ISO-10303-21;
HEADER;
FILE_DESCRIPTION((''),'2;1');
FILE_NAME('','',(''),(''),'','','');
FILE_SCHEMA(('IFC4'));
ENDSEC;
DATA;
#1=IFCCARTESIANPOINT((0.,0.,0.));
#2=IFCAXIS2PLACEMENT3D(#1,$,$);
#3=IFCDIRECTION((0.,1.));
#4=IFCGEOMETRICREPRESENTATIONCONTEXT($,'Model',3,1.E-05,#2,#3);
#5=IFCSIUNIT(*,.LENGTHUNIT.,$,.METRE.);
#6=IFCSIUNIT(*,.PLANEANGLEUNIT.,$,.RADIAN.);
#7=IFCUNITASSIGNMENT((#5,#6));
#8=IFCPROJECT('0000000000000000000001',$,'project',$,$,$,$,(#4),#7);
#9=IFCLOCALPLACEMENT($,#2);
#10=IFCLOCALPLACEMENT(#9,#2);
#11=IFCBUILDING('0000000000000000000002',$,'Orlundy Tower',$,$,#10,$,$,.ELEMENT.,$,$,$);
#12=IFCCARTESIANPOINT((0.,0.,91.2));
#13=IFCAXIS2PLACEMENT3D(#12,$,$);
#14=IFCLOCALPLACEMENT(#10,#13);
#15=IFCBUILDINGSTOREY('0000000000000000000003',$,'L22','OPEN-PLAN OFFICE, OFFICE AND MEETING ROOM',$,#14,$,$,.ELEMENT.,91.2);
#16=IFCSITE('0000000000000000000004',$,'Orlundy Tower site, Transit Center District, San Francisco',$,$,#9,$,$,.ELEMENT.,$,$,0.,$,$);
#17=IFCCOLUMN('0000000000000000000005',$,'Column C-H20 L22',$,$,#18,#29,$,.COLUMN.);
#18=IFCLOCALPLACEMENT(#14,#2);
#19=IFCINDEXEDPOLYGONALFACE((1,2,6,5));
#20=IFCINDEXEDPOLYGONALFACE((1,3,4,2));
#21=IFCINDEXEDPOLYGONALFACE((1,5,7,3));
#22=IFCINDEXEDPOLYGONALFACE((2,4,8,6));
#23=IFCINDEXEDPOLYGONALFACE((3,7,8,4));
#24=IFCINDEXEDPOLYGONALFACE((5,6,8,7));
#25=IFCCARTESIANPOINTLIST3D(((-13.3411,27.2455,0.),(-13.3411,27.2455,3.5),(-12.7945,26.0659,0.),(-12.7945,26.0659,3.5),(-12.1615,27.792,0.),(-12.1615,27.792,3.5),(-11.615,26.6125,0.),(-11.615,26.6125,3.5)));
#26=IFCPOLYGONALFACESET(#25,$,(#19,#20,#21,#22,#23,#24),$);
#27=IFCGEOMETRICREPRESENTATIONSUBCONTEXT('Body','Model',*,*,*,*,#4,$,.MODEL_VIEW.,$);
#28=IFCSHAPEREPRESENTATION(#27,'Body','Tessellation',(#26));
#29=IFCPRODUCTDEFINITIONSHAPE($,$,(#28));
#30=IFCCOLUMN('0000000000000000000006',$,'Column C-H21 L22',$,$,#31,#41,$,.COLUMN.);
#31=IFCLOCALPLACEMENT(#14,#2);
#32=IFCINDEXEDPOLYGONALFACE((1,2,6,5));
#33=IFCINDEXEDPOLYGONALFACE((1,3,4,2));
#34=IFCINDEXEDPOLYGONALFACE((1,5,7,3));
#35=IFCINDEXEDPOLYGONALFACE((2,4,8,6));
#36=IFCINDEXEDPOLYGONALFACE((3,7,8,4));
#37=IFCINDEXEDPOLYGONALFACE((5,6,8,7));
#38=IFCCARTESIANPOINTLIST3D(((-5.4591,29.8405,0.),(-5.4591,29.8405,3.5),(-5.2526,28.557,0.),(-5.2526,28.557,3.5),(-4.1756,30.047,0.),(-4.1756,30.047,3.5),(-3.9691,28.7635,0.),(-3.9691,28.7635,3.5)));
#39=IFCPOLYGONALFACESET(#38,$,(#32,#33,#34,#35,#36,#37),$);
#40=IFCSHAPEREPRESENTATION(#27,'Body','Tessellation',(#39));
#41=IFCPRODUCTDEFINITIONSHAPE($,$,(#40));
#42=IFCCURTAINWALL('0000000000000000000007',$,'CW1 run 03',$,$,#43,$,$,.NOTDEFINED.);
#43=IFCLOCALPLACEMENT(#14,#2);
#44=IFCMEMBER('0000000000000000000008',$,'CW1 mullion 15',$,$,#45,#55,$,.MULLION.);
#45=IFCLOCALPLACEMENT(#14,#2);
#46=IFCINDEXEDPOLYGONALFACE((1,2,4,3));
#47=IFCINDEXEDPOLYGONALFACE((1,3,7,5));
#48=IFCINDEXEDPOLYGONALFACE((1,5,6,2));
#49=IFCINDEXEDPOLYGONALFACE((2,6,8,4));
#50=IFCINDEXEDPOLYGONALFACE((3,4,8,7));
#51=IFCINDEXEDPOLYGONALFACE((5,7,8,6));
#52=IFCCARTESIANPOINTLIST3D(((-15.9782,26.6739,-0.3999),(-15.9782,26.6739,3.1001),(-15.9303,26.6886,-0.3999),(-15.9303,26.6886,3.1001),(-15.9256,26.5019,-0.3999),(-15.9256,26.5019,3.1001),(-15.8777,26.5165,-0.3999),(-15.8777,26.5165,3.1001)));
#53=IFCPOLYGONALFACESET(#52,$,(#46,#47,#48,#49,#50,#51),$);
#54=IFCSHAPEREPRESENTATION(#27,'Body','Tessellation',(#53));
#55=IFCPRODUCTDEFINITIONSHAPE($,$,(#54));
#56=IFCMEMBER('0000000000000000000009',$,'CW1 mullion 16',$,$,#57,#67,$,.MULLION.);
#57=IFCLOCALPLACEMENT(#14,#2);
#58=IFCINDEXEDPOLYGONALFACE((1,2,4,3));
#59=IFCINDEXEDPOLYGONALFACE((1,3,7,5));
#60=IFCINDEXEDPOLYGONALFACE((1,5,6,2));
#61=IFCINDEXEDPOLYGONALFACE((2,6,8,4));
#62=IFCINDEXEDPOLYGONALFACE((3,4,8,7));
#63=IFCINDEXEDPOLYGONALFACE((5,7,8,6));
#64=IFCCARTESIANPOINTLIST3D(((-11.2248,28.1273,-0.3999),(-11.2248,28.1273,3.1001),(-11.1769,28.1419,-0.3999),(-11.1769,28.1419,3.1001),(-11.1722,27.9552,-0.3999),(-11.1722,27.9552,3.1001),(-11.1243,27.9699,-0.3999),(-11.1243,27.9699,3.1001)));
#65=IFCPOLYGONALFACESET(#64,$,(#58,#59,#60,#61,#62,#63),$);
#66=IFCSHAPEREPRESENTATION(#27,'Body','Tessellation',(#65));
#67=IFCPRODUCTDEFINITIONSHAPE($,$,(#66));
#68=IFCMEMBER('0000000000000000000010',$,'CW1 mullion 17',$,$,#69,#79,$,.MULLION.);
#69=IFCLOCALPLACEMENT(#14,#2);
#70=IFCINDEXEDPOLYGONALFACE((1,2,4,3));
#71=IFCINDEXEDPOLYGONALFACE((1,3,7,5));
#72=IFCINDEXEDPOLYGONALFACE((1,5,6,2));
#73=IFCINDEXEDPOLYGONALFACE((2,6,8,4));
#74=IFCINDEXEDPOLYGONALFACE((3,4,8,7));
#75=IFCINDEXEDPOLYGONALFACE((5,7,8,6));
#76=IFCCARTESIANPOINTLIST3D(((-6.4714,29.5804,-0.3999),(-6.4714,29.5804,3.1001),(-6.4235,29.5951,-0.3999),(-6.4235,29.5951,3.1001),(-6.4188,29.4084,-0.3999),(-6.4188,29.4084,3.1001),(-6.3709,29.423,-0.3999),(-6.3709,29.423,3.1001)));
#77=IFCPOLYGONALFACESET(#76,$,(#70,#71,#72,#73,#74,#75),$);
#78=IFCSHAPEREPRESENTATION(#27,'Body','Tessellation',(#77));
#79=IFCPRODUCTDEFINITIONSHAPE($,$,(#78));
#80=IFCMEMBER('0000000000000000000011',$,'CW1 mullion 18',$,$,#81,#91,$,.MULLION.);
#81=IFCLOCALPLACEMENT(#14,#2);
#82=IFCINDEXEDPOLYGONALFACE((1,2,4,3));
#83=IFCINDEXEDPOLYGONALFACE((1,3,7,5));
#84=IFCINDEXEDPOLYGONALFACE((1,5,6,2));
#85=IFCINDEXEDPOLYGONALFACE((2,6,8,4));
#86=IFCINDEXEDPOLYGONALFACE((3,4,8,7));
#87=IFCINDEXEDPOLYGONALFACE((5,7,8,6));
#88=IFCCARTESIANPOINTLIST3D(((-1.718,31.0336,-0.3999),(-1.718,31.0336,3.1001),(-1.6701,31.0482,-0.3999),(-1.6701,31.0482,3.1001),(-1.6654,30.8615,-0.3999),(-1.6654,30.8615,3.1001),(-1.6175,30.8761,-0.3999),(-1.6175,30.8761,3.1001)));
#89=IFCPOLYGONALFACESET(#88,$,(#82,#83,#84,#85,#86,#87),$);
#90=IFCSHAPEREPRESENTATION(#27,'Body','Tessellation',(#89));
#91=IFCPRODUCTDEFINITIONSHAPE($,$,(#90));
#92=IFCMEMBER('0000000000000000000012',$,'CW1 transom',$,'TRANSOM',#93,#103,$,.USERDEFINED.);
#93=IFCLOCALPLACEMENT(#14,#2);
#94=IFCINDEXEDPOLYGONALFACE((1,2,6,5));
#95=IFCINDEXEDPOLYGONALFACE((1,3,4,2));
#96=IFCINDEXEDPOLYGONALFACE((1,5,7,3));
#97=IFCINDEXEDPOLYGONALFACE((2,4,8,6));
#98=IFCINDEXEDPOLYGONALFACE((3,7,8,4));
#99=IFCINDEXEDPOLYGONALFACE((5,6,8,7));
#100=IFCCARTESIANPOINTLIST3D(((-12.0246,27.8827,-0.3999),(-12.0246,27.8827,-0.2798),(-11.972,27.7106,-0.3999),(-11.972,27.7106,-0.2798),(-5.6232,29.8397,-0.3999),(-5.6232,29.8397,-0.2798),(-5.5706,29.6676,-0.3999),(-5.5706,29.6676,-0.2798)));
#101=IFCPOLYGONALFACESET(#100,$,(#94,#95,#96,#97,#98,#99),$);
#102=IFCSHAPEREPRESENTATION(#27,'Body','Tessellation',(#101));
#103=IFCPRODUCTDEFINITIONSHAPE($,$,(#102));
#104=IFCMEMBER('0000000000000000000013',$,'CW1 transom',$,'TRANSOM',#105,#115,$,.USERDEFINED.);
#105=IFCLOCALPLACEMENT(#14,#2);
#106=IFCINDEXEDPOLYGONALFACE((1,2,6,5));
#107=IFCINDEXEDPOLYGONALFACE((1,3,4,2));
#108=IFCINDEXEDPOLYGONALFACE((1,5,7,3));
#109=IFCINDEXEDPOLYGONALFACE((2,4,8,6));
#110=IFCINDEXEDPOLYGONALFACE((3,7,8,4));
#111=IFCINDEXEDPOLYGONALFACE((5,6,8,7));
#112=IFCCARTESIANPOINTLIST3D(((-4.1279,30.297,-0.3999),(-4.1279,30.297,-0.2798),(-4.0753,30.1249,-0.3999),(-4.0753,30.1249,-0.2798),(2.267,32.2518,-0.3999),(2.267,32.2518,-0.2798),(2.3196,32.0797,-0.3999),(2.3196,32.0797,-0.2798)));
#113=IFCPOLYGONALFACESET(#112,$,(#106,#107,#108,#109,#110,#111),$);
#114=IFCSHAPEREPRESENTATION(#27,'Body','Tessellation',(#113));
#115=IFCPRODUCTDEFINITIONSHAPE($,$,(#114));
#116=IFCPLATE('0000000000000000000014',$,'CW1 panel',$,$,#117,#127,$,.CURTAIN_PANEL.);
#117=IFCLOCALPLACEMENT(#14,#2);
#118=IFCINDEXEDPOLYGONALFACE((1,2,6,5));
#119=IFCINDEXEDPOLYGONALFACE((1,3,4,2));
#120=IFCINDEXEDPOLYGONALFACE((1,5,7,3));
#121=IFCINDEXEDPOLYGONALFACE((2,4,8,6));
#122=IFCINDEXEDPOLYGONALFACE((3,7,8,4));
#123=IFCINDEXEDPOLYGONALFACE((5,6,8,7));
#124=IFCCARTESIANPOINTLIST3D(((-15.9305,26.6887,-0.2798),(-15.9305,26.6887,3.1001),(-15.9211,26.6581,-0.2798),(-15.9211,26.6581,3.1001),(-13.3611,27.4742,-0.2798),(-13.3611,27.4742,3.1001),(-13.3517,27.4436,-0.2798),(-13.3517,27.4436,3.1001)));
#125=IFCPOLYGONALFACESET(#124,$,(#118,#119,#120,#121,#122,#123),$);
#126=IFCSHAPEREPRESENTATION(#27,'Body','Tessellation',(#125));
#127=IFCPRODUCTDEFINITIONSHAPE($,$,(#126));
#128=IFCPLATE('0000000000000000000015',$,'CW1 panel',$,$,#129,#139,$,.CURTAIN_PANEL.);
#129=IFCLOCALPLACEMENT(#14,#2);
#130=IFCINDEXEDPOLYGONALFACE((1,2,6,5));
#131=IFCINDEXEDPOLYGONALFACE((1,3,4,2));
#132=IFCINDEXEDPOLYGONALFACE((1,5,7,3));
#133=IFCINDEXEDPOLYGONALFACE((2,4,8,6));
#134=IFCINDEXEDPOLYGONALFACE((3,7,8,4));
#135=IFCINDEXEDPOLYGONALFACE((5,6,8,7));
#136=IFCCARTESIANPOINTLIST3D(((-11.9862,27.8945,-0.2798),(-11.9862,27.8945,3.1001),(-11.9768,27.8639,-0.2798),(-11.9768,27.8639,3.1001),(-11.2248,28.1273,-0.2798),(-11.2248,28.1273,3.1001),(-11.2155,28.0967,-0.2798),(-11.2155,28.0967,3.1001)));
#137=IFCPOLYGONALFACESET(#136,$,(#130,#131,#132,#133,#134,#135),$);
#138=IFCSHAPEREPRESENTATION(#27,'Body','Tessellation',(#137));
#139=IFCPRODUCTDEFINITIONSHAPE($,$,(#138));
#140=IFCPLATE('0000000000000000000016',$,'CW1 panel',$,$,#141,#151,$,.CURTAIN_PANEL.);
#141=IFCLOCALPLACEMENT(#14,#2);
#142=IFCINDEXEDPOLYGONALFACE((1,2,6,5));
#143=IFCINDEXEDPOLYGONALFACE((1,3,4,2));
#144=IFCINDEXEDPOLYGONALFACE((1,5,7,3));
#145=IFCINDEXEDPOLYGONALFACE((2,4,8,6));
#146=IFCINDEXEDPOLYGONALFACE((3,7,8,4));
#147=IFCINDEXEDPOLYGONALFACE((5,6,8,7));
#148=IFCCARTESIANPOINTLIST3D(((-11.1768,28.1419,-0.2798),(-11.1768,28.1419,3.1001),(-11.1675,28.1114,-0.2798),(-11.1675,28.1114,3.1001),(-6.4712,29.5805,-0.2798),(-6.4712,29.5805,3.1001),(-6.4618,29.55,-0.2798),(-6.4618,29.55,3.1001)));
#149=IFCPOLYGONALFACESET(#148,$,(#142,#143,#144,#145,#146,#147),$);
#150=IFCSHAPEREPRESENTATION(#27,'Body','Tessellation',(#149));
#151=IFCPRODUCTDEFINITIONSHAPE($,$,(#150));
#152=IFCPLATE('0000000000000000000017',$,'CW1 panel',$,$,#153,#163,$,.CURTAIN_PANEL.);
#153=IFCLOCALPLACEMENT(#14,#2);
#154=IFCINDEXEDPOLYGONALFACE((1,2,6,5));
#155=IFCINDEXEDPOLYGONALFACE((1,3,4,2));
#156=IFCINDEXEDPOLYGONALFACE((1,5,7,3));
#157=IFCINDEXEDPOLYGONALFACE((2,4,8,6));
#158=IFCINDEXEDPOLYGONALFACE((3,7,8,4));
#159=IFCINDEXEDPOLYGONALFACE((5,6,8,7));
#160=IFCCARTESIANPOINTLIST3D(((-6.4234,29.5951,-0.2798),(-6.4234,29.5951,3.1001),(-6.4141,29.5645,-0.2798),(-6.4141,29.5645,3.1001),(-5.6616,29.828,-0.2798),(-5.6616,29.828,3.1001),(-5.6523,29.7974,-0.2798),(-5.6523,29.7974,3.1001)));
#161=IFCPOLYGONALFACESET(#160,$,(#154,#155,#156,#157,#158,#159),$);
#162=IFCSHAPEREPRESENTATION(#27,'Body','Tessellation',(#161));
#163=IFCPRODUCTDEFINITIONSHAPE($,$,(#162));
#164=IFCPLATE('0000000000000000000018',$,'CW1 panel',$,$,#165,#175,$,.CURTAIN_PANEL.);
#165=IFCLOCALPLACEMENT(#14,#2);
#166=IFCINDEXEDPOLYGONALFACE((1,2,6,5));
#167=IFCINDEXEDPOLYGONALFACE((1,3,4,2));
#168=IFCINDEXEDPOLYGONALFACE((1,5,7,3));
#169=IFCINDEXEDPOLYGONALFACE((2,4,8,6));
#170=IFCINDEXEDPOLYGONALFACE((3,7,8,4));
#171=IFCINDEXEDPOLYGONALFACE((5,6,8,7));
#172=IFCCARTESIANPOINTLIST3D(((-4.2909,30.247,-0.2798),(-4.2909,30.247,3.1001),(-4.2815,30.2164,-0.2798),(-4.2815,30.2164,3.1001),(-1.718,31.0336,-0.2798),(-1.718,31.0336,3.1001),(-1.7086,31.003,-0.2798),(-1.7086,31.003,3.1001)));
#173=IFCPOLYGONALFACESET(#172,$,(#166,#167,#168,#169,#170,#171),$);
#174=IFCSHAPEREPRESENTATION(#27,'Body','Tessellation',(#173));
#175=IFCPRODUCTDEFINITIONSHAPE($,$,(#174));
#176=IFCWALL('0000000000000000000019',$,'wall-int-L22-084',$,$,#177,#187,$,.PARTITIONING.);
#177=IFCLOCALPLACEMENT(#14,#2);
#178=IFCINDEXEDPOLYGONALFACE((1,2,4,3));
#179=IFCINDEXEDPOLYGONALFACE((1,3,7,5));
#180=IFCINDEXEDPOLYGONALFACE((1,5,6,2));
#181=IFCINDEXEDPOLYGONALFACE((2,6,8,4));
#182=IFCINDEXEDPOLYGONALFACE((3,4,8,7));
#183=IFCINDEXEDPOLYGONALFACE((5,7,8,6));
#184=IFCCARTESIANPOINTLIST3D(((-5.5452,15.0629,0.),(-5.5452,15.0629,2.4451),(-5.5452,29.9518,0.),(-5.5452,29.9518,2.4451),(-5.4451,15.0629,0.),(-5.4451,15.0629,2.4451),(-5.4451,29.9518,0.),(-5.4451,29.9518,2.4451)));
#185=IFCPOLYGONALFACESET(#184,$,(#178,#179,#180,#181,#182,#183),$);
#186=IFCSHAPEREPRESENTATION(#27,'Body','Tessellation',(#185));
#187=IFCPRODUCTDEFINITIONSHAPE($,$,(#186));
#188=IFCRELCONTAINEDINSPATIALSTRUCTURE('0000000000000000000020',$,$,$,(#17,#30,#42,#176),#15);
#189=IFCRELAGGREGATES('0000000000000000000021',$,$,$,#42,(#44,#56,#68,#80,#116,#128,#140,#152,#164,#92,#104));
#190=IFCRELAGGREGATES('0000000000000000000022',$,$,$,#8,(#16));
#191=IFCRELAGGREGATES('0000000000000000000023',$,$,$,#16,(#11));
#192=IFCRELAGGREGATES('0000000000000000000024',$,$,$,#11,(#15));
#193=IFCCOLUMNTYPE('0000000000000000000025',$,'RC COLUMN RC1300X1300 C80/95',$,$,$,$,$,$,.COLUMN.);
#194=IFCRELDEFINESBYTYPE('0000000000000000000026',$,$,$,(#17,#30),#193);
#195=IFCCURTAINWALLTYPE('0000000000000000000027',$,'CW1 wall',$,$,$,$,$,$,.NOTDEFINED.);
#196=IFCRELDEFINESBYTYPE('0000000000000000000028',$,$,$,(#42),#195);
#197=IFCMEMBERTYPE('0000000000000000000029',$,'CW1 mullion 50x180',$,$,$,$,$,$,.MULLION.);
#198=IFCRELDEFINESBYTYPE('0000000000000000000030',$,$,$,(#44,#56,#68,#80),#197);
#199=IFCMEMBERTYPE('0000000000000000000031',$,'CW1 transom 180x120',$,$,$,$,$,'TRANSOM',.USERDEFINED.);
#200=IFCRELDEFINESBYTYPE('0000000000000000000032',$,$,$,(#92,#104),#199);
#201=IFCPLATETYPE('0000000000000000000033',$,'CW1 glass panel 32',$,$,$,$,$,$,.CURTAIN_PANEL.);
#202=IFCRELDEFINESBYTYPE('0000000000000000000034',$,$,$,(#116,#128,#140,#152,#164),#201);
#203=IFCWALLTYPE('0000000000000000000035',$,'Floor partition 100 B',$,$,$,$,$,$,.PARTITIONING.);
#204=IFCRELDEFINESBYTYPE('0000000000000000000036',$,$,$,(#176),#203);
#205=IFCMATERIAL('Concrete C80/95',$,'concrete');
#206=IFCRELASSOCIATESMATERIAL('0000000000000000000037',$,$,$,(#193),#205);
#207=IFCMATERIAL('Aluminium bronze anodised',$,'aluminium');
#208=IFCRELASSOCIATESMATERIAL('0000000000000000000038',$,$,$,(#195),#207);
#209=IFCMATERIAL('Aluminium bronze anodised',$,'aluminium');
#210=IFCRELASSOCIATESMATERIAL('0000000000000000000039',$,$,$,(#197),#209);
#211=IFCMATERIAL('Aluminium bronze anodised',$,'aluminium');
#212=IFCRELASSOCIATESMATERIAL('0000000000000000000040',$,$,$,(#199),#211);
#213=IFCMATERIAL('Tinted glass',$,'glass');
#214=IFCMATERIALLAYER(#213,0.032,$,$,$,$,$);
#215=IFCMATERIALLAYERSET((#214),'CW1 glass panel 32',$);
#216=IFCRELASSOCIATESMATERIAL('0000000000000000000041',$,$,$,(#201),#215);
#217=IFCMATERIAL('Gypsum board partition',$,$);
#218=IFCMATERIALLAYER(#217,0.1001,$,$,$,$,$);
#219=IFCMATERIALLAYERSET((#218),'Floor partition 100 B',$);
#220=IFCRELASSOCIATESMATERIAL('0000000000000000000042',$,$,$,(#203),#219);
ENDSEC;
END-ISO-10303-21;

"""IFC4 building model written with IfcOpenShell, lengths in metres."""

from ifc_helpers import new_model, si_unit, direction, frame, frame_2d, origin, origin_2d, place, context, subcontext, project, spatial, rectangle, extrude, material, layer, layer_set, material_profile, profile_set, type_object, element, aggregate, save


model = new_model("IFC4")

# Units and contexts
model_context = context("Model", 3, precision=1e-05, world=origin(), true_north=direction((0.0, 1.0)))
body_context = subcontext(model_context, "Body", "Model", "MODEL_VIEW")
ifc_project = project(units=[si_unit("LENGTHUNIT", "METRE"), si_unit("PLANEANGLEUNIT", "RADIAN")], contexts=[model_context])

# Site, building, storey
site_placement = place(None, origin())
site = spatial("IfcSite", under=ifc_project, at=site_placement, Name="Orlundy Tower site, Transit Center District, San Francisco", CompositionType="ELEMENT", RefElevation=0.0)
building_placement = place(site_placement, origin())
building = spatial("IfcBuilding", under=site, at=building_placement, Name="Orlundy Tower", CompositionType="ELEMENT")
storey_placement = place(building_placement, frame((0.0, 0.0, 91.2)))
storey = spatial("IfcBuildingStorey", under=building, at=storey_placement, Name="L22", Description="OPEN-PLAN OFFICE, OFFICE AND MEETING ROOM", CompositionType="ELEMENT", Elevation=91.2)

# Columns
ifc_material_1 = material(Name="Concrete C80/95", Category="concrete")
ifc_material_profile_1 = material_profile(ifc_material_1, rectangle(XDim=1.3, YDim=1.3, at=origin_2d()), Name="RC1300X1300")
ifc_profile_set_1 = profile_set([ifc_material_profile_1], Name="Concrete C80/95")
column_type = type_object("IfcColumnType", Name="RC COLUMN RC1300X1300 C80/95", PredefinedType="COLUMN", material=ifc_profile_set_1)
for number, where, z_axis, x_axis, name in (
    (1, (-12.478, 26.929, 0.0), (0.0, 0.0, 1.0), (-0.420418, 0.90733, 0.0), "Column C-H20 L22"),
    (2, (-4.7141, 29.302, 0.0), (0.0, 0.0, 1.0), (-0.15883, 0.987306, 0.0), "Column C-H21 L22"),
):
    element("IfcColumn", number, at=place(storey_placement, frame(where, z_axis=z_axis, x_axis=x_axis)), inside=storey, type_object=column_type, Name=name, PredefinedType="COLUMN", context=body_context, shape_type="SweptSolid", body=[
        extrude(rectangle(XDim=1.3, YDim=1.3, at=origin_2d()), origin(), (0.0, 0.0, 1.0), 3.5),
    ])

# Curtain wall, members, plates
ifc_material_2 = material(Name="Aluminium bronze anodised", Category="aluminium")
curtain_wall_type = type_object("IfcCurtainWallType", Name="CW1 wall", PredefinedType="NOTDEFINED", material=ifc_material_2)
curtain_wall_placement = place(storey_placement, origin())
curtain_wall = element("IfcCurtainWall", 3, at=curtain_wall_placement, inside=storey, type_object=curtain_wall_type, Name="CW1 run 03", PredefinedType="NOTDEFINED")
ifc_material_3 = material(Name="Aluminium bronze anodised", Category="aluminium")
ifc_material_profile_2 = material_profile(ifc_material_3, rectangle(XDim=0.1799, YDim=0.05, at=origin_2d()), Name="CW1 mullion 50x180")
ifc_profile_set_2 = profile_set([ifc_material_profile_2], Name="Aluminium bronze anodised")
member_type_1 = type_object("IfcMemberType", Name="CW1 mullion 50x180", PredefinedType="MULLION", material=ifc_profile_set_2)
member_1_placement = place(storey_placement, frame((-15.928, 26.5952, -0.3999), z_axis=(0.0, 0.0, 1.0), x_axis=(-0.292361, 0.956308, 0.0)))
member_1 = element("IfcMember", 4, at=member_1_placement, type_object=member_type_1, Name="CW1 mullion 15", PredefinedType="MULLION", context=body_context, shape_type="SweptSolid", body=[
    extrude(rectangle(XDim=0.1799, YDim=0.05, at=origin_2d()), origin(), (0.0, 0.0, 1.0), 3.5),
])
member_2_placement = place(storey_placement, frame((-11.1746, 28.0486, -0.3999), z_axis=(0.0, 0.0, 1.0), x_axis=(-0.292361, 0.956308, 0.0)))
member_2 = element("IfcMember", 5, at=member_2_placement, type_object=member_type_1, Name="CW1 mullion 16", PredefinedType="MULLION", context=body_context, shape_type="SweptSolid", body=[
    extrude(rectangle(XDim=0.1799, YDim=0.05, at=origin_2d()), origin(), (0.0, 0.0, 1.0), 3.5),
])
member_3_placement = place(storey_placement, frame((-6.4211, 29.5017, -0.3999), z_axis=(0.0, 0.0, 1.0), x_axis=(-0.292361, 0.956308, 0.0)))
member_3 = element("IfcMember", 6, at=member_3_placement, type_object=member_type_1, Name="CW1 mullion 17", PredefinedType="MULLION", context=body_context, shape_type="SweptSolid", body=[
    extrude(rectangle(XDim=0.1799, YDim=0.05, at=origin_2d()), origin(), (0.0, 0.0, 1.0), 3.5),
])
member_4_placement = place(storey_placement, frame((-1.6677, 30.9548, -0.3999), z_axis=(0.0, 0.0, 1.0), x_axis=(-0.292361, 0.956308, 0.0)))
member_4 = element("IfcMember", 7, at=member_4_placement, type_object=member_type_1, Name="CW1 mullion 18", PredefinedType="MULLION", context=body_context, shape_type="SweptSolid", body=[
    extrude(rectangle(XDim=0.1799, YDim=0.05, at=origin_2d()), origin(), (0.0, 0.0, 1.0), 3.5),
])
ifc_material_4 = material(Name="Aluminium bronze anodised", Category="aluminium")
ifc_material_profile_3 = material_profile(ifc_material_4, rectangle(XDim=0.1799, YDim=0.1201, at=origin_2d()), Name="CW1 transom 180x120")
ifc_profile_set_3 = profile_set([ifc_material_profile_3], Name="Aluminium bronze anodised")
member_type_2 = type_object("IfcMemberType", Name="CW1 transom 180x120", ElementType="TRANSOM", PredefinedType="USERDEFINED", material=ifc_profile_set_3)
member_5_placement = place(storey_placement, frame((-11.9983, 27.7966, -0.3398), z_axis=(0.956307, 0.292363, 0.0), x_axis=(-0.292363, 0.956307, 0.0)))
member_5 = element("IfcMember", 8, at=member_5_placement, type_object=member_type_2, Name="CW1 transom", ObjectType="TRANSOM", PredefinedType="USERDEFINED", context=body_context, shape_type="SweptSolid", body=[
    extrude(rectangle(XDim=0.1799, YDim=0.1201, at=origin_2d()), origin(), (0.0, 0.0, 1.0), 6.6938),
])
member_6_placement = place(storey_placement, frame((-4.1016, 30.2109, -0.3398), z_axis=(0.956318, 0.292328, 0.0), x_axis=(-0.292328, 0.956318, 0.0)))
member_6 = element("IfcMember", 9, at=member_6_placement, type_object=member_type_2, Name="CW1 transom", ObjectType="TRANSOM", PredefinedType="USERDEFINED", context=body_context, shape_type="SweptSolid", body=[
    extrude(rectangle(XDim=0.1799, YDim=0.1201, at=origin_2d()), origin(), (0.0, 0.0, 1.0), 6.687),
])
ifc_material_5 = material(Name="Tinted glass", Category="glass")
ifc_layer_1 = layer(ifc_material_5, 0.032)
ifc_layer_set_1 = layer_set([ifc_layer_1], Name="CW1 glass panel 32")
plate_type = type_object("IfcPlateType", Name="CW1 glass panel 32", PredefinedType="CURTAIN_PANEL", material=ifc_layer_set_1)
plate_1_placement = place(storey_placement, frame((-14.6411, 27.0662, -0.2798), z_axis=(0.0, 0.0, 1.0), x_axis=(0.956308, 0.292361, 0.0)))
plate_1 = element("IfcPlate", 10, at=plate_1_placement, type_object=plate_type, Name="CW1 panel", PredefinedType="CURTAIN_PANEL", context=body_context, shape_type="SweptSolid", body=[
    extrude(rectangle(XDim=2.6868, YDim=0.032, at=origin_2d()), origin(), (0.0, 0.0, 1.0), 3.3799),
])
plate_2_placement = place(storey_placement, frame((-11.6008, 27.9956, -0.2798), z_axis=(0.0, 0.0, 1.0), x_axis=(0.956308, 0.292361, 0.0)))
plate_2 = element("IfcPlate", 11, at=plate_2_placement, type_object=plate_type, Name="CW1 panel", PredefinedType="CURTAIN_PANEL", context=body_context, shape_type="SweptSolid", body=[
    extrude(rectangle(XDim=0.7961, YDim=0.032, at=origin_2d()), origin(), (0.0, 0.0, 1.0), 3.3799),
])
plate_3_placement = place(storey_placement, frame((-8.8193, 28.8459, -0.2798), z_axis=(0.0, 0.0, 1.0), x_axis=(0.956308, 0.292361, 0.0)))
plate_3 = element("IfcPlate", 12, at=plate_3_placement, type_object=plate_type, Name="CW1 panel", PredefinedType="CURTAIN_PANEL", context=body_context, shape_type="SweptSolid", body=[
    extrude(rectangle(XDim=4.9207, YDim=0.032, at=origin_2d()), origin(), (0.0, 0.0, 1.0), 3.3799),
])
plate_4_placement = place(storey_placement, frame((-6.0378, 29.6963, -0.2798), z_axis=(0.0, 0.0, 1.0), x_axis=(0.956308, 0.292361, 0.0)))
plate_4 = element("IfcPlate", 13, at=plate_4_placement, type_object=plate_type, Name="CW1 panel", PredefinedType="CURTAIN_PANEL", context=body_context, shape_type="SweptSolid", body=[
    extrude(rectangle(XDim=0.7966, YDim=0.032, at=origin_2d()), origin(), (0.0, 0.0, 1.0), 3.3799),
])
plate_5_placement = place(storey_placement, frame((-2.9998, 30.625, -0.2798), z_axis=(0.0, 0.0, 1.0), x_axis=(0.956308, 0.292361, 0.0)))
plate_5 = element("IfcPlate", 14, at=plate_5_placement, type_object=plate_type, Name="CW1 panel", PredefinedType="CURTAIN_PANEL", context=body_context, shape_type="SweptSolid", body=[
    extrude(rectangle(XDim=2.6904, YDim=0.032, at=origin_2d()), origin(), (0.0, 0.0, 1.0), 3.3799),
])
aggregate(curtain_wall, [member_1, member_2, member_3, member_4, plate_1, plate_2, plate_3, plate_4, plate_5, member_5, member_6])

# Wall
ifc_material_6 = material(Name="Gypsum board partition")
ifc_layer_2 = layer(ifc_material_6, 0.1001)
ifc_layer_set_2 = layer_set([ifc_layer_2], Name="Floor partition 100 B")
wall_type_1 = type_object("IfcWallType", Name="Floor partition 100 B", PredefinedType="PARTITIONING", material=ifc_layer_set_2)
wall_1_placement = place(storey_placement, frame((-5.4951, 15.063, 0.0), z_axis=(0.0, 0.0, 1.0), x_axis=(0.0, 1.0, 0.0)))
element("IfcWall", 15, at=wall_1_placement, inside=storey, type_object=wall_type_1, Name="wall-int-L22-084", PredefinedType="PARTITIONING", context=body_context, shape_type="SweptSolid", body=[
    extrude(rectangle(XDim=14.8889, YDim=0.1001, at=frame_2d((7.4443, 0.0))), origin(), (0.0, 0.0, 1.0), 2.4451),
])

save(model, "model.ifc")
